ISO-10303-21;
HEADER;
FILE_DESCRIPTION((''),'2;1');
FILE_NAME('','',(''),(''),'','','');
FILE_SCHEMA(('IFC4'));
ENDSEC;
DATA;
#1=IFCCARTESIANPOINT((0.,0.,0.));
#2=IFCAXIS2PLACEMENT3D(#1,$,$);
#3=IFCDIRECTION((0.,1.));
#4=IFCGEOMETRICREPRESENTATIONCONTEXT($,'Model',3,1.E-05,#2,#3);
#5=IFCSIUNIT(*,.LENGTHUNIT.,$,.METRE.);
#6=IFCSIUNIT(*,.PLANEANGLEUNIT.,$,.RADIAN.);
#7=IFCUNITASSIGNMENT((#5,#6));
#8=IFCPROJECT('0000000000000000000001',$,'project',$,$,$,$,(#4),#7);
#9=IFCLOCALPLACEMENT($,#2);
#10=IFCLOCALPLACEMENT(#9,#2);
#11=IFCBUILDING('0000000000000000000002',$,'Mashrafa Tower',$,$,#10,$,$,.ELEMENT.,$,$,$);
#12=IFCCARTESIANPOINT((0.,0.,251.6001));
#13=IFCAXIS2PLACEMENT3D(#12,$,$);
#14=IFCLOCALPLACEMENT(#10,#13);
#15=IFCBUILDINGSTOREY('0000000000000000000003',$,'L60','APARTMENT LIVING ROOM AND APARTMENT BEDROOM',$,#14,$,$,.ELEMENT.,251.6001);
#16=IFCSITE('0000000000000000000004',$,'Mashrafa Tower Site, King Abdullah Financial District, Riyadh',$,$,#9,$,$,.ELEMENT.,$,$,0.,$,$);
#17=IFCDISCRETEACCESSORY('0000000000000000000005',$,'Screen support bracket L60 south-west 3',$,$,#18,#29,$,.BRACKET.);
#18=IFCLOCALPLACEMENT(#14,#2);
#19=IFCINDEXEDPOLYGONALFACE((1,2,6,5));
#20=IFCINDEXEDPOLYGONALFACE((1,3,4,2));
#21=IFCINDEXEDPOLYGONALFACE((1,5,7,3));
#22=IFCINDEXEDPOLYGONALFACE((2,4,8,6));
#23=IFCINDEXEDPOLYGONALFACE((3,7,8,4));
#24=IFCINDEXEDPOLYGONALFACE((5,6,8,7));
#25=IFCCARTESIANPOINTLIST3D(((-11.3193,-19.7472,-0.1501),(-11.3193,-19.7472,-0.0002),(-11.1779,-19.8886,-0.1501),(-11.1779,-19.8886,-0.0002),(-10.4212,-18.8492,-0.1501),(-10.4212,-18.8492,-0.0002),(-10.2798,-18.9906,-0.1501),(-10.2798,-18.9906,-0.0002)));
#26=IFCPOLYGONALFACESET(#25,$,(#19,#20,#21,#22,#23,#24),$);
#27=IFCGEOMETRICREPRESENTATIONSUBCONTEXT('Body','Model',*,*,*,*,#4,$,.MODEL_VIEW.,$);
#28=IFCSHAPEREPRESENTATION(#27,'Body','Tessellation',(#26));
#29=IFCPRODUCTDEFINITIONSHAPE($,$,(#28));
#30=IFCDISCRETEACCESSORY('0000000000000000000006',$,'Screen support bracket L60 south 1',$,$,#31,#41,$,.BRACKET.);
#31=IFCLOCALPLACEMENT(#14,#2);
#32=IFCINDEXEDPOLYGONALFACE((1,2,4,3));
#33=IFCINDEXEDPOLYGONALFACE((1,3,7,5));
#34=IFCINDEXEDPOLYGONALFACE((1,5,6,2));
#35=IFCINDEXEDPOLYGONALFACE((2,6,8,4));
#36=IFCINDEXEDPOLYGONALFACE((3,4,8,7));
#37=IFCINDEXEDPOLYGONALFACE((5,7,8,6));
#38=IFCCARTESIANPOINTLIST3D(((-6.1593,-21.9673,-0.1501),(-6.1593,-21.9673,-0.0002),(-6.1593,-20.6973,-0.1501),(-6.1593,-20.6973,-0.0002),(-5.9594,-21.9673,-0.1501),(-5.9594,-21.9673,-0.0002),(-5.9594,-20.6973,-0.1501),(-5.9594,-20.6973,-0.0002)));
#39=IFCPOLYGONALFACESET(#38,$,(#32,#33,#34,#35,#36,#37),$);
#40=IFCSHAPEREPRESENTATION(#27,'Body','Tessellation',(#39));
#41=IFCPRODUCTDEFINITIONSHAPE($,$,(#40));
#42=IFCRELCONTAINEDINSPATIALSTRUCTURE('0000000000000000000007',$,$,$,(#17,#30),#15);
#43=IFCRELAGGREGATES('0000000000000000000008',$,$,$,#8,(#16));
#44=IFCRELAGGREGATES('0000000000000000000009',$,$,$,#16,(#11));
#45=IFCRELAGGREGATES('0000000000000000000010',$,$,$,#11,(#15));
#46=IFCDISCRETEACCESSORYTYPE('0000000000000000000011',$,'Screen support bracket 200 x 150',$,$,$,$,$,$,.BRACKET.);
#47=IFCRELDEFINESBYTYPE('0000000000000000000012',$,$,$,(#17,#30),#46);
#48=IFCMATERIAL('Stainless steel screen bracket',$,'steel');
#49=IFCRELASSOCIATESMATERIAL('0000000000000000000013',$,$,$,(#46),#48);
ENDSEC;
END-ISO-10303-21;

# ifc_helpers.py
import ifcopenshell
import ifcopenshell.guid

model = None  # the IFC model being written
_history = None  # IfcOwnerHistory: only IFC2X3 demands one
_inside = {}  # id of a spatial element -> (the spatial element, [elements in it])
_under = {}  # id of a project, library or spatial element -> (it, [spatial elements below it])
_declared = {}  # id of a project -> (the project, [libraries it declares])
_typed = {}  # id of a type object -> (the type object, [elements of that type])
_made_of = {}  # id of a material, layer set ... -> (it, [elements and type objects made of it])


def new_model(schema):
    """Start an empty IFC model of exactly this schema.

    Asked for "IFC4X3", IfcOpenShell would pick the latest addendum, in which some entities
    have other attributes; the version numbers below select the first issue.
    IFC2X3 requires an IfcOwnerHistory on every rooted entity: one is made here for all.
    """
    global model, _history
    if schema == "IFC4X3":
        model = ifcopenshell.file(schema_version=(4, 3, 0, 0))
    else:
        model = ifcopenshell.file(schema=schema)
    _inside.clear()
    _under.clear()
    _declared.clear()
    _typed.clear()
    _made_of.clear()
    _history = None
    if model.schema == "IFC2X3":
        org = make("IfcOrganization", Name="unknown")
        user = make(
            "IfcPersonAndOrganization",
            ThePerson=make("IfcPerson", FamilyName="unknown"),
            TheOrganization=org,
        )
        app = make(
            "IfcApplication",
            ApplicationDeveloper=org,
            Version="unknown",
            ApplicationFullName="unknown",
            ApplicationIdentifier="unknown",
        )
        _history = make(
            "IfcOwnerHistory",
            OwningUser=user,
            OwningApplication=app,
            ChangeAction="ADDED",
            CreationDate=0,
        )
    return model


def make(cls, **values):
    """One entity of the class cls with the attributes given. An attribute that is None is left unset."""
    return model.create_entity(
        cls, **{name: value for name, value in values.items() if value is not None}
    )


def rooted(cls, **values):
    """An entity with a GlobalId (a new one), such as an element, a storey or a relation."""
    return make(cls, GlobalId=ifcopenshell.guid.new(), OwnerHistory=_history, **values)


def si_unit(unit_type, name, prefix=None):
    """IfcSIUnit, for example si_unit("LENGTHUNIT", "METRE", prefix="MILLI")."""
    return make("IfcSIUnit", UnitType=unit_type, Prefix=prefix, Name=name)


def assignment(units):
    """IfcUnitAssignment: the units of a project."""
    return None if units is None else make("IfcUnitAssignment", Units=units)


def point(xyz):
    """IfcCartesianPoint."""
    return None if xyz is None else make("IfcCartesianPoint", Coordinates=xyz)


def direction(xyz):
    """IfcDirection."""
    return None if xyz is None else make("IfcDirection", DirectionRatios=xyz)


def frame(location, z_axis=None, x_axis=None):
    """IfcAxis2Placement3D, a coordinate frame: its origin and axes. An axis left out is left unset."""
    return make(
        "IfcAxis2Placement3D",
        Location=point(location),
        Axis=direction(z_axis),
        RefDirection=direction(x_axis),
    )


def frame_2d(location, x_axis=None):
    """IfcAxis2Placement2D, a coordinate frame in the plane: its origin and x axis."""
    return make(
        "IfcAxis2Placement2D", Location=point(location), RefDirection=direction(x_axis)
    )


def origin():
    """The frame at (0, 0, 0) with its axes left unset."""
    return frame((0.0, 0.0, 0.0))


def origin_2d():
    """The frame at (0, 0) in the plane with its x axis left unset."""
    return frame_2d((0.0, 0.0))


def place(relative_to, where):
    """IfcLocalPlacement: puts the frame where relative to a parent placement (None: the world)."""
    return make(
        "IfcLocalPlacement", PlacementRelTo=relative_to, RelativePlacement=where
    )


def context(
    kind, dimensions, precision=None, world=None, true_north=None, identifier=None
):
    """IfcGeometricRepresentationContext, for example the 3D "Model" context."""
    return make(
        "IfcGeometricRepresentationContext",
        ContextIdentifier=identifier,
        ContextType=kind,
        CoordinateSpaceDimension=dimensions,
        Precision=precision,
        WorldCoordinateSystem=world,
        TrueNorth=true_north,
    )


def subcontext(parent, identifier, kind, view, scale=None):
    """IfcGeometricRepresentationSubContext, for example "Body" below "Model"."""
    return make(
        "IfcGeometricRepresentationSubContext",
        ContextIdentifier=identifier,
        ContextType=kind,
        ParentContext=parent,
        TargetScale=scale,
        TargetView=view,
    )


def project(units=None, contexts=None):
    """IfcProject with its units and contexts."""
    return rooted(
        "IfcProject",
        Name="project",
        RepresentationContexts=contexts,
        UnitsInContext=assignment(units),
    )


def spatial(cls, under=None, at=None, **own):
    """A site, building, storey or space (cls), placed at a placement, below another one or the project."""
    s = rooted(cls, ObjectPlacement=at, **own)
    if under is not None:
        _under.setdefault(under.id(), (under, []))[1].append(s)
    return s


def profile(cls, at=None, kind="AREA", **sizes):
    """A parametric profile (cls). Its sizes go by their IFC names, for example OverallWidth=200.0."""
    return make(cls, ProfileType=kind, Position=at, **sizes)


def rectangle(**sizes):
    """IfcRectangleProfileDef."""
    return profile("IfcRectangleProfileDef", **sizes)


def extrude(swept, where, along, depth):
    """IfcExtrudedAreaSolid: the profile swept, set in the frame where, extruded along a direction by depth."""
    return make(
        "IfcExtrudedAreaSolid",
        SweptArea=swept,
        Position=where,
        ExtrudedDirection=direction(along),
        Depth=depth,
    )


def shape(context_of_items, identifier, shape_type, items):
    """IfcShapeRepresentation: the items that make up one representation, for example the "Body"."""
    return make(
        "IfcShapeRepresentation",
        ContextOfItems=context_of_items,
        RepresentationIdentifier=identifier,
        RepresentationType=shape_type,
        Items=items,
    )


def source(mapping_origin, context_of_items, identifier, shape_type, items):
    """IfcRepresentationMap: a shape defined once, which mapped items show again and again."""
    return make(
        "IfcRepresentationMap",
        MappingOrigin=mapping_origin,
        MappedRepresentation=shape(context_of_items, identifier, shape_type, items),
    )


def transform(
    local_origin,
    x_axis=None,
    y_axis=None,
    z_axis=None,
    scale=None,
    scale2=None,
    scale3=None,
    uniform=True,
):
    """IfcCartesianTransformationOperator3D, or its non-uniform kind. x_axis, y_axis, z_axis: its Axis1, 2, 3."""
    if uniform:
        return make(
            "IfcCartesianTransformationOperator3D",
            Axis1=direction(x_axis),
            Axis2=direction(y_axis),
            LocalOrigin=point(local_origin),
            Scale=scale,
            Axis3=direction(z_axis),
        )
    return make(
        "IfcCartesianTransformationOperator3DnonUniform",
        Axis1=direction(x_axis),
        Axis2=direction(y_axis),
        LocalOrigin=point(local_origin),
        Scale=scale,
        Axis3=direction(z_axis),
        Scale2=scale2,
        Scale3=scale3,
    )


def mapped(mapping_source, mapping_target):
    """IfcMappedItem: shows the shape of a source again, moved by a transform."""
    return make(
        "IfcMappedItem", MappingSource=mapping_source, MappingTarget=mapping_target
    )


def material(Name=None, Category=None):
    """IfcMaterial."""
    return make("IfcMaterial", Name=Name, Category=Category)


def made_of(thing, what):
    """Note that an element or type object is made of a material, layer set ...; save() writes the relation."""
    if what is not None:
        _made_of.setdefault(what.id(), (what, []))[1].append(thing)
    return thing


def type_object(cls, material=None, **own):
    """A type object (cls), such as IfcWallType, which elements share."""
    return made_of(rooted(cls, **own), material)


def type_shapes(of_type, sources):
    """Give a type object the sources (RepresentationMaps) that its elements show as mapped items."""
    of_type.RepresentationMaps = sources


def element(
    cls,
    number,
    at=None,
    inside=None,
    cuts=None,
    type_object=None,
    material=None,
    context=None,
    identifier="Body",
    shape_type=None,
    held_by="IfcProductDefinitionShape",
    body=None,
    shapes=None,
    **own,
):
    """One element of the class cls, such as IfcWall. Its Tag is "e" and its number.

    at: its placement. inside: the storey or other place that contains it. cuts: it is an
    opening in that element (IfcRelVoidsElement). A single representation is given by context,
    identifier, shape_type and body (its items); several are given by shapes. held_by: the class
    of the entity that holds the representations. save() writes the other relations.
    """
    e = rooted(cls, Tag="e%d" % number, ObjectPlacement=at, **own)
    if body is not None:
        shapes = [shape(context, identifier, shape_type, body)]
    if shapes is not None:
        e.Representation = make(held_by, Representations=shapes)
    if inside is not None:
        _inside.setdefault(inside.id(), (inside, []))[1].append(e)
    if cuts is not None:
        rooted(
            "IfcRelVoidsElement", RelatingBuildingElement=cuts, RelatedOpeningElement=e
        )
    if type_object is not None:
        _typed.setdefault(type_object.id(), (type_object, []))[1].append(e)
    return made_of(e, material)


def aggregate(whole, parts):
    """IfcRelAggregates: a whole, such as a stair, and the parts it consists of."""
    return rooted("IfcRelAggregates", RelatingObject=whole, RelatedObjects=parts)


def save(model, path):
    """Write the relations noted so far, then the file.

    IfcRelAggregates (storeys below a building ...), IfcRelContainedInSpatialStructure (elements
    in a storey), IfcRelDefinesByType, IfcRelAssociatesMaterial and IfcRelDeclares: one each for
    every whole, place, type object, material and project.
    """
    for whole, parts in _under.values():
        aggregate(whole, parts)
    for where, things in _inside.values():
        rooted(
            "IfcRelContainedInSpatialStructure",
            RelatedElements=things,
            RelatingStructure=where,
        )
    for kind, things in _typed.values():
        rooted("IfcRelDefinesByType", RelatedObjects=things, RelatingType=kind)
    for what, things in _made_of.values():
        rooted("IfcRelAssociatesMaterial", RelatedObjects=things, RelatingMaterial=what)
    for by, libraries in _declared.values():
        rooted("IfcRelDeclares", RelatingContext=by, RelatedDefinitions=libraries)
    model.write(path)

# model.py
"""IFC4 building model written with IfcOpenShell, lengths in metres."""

from ifc_helpers import new_model, si_unit, direction, frame, origin, origin_2d, place, context, subcontext, project, spatial, rectangle, extrude, source, transform, mapped, material, type_object, type_shapes, element, save


model = new_model("IFC4")

# Units and contexts
model_context = context("Model", 3, precision=1e-05, world=origin(), true_north=direction((0.0, 1.0)))
body_context = subcontext(model_context, "Body", "Model", "MODEL_VIEW")
ifc_project = project(units=[si_unit("LENGTHUNIT", "METRE"), si_unit("PLANEANGLEUNIT", "RADIAN")], contexts=[model_context])

# Site, building, storey
site_placement = place(None, origin())
site = spatial("IfcSite", under=ifc_project, at=site_placement, Name="Mashrafa Tower Site, King Abdullah Financial District, Riyadh", CompositionType="ELEMENT", RefElevation=0.0)
building_placement = place(site_placement, origin())
building = spatial("IfcBuilding", under=site, at=building_placement, Name="Mashrafa Tower", CompositionType="ELEMENT")
storey_placement = place(building_placement, frame((0.0, 0.0, 251.6001)))
storey = spatial("IfcBuildingStorey", under=building, at=storey_placement, Name="L60", Description="APARTMENT LIVING ROOM AND APARTMENT BEDROOM", CompositionType="ELEMENT", Elevation=251.6001)

# Discrete accessories
ifc_material_1 = material(Name="Stainless steel screen bracket", Category="steel")
discrete_accessory_type = type_object("IfcDiscreteAccessoryType", Name="Screen support bracket 200 x 150", PredefinedType="BRACKET", material=ifc_material_1)
shared_shape_1 = source(origin(), body_context, "Body", "SweptSolid", [
    extrude(rectangle(XDim=0.2, YDim=1.27, at=origin_2d()), origin(), (0.0, 0.0, 1.0), 0.1499),
])
type_shapes(discrete_accessory_type, [shared_shape_1])
for number, where, z_axis, x_axis, name in (
    (1, (-10.7996, -19.3689, -0.1501), (0.0, 0.0, 1.0), (0.707107, -0.707107, 0.0), "Screen support bracket L60 south-west 3"),
    (2, (-6.0593, -21.3323, -0.1501), (0.0, 0.0, 1.0), (1.0, 0.0, 0.0), "Screen support bracket L60 south 1"),
):
    element("IfcDiscreteAccessory", number, at=place(storey_placement, frame(where, z_axis=z_axis, x_axis=x_axis)), inside=storey, type_object=discrete_accessory_type, Name=name, PredefinedType="BRACKET", context=body_context, shape_type="MappedRepresentation", body=[
        mapped(shared_shape_1, transform((0.0, 0.0, 0.0))),
    ])

save(model, "model.ifc")
